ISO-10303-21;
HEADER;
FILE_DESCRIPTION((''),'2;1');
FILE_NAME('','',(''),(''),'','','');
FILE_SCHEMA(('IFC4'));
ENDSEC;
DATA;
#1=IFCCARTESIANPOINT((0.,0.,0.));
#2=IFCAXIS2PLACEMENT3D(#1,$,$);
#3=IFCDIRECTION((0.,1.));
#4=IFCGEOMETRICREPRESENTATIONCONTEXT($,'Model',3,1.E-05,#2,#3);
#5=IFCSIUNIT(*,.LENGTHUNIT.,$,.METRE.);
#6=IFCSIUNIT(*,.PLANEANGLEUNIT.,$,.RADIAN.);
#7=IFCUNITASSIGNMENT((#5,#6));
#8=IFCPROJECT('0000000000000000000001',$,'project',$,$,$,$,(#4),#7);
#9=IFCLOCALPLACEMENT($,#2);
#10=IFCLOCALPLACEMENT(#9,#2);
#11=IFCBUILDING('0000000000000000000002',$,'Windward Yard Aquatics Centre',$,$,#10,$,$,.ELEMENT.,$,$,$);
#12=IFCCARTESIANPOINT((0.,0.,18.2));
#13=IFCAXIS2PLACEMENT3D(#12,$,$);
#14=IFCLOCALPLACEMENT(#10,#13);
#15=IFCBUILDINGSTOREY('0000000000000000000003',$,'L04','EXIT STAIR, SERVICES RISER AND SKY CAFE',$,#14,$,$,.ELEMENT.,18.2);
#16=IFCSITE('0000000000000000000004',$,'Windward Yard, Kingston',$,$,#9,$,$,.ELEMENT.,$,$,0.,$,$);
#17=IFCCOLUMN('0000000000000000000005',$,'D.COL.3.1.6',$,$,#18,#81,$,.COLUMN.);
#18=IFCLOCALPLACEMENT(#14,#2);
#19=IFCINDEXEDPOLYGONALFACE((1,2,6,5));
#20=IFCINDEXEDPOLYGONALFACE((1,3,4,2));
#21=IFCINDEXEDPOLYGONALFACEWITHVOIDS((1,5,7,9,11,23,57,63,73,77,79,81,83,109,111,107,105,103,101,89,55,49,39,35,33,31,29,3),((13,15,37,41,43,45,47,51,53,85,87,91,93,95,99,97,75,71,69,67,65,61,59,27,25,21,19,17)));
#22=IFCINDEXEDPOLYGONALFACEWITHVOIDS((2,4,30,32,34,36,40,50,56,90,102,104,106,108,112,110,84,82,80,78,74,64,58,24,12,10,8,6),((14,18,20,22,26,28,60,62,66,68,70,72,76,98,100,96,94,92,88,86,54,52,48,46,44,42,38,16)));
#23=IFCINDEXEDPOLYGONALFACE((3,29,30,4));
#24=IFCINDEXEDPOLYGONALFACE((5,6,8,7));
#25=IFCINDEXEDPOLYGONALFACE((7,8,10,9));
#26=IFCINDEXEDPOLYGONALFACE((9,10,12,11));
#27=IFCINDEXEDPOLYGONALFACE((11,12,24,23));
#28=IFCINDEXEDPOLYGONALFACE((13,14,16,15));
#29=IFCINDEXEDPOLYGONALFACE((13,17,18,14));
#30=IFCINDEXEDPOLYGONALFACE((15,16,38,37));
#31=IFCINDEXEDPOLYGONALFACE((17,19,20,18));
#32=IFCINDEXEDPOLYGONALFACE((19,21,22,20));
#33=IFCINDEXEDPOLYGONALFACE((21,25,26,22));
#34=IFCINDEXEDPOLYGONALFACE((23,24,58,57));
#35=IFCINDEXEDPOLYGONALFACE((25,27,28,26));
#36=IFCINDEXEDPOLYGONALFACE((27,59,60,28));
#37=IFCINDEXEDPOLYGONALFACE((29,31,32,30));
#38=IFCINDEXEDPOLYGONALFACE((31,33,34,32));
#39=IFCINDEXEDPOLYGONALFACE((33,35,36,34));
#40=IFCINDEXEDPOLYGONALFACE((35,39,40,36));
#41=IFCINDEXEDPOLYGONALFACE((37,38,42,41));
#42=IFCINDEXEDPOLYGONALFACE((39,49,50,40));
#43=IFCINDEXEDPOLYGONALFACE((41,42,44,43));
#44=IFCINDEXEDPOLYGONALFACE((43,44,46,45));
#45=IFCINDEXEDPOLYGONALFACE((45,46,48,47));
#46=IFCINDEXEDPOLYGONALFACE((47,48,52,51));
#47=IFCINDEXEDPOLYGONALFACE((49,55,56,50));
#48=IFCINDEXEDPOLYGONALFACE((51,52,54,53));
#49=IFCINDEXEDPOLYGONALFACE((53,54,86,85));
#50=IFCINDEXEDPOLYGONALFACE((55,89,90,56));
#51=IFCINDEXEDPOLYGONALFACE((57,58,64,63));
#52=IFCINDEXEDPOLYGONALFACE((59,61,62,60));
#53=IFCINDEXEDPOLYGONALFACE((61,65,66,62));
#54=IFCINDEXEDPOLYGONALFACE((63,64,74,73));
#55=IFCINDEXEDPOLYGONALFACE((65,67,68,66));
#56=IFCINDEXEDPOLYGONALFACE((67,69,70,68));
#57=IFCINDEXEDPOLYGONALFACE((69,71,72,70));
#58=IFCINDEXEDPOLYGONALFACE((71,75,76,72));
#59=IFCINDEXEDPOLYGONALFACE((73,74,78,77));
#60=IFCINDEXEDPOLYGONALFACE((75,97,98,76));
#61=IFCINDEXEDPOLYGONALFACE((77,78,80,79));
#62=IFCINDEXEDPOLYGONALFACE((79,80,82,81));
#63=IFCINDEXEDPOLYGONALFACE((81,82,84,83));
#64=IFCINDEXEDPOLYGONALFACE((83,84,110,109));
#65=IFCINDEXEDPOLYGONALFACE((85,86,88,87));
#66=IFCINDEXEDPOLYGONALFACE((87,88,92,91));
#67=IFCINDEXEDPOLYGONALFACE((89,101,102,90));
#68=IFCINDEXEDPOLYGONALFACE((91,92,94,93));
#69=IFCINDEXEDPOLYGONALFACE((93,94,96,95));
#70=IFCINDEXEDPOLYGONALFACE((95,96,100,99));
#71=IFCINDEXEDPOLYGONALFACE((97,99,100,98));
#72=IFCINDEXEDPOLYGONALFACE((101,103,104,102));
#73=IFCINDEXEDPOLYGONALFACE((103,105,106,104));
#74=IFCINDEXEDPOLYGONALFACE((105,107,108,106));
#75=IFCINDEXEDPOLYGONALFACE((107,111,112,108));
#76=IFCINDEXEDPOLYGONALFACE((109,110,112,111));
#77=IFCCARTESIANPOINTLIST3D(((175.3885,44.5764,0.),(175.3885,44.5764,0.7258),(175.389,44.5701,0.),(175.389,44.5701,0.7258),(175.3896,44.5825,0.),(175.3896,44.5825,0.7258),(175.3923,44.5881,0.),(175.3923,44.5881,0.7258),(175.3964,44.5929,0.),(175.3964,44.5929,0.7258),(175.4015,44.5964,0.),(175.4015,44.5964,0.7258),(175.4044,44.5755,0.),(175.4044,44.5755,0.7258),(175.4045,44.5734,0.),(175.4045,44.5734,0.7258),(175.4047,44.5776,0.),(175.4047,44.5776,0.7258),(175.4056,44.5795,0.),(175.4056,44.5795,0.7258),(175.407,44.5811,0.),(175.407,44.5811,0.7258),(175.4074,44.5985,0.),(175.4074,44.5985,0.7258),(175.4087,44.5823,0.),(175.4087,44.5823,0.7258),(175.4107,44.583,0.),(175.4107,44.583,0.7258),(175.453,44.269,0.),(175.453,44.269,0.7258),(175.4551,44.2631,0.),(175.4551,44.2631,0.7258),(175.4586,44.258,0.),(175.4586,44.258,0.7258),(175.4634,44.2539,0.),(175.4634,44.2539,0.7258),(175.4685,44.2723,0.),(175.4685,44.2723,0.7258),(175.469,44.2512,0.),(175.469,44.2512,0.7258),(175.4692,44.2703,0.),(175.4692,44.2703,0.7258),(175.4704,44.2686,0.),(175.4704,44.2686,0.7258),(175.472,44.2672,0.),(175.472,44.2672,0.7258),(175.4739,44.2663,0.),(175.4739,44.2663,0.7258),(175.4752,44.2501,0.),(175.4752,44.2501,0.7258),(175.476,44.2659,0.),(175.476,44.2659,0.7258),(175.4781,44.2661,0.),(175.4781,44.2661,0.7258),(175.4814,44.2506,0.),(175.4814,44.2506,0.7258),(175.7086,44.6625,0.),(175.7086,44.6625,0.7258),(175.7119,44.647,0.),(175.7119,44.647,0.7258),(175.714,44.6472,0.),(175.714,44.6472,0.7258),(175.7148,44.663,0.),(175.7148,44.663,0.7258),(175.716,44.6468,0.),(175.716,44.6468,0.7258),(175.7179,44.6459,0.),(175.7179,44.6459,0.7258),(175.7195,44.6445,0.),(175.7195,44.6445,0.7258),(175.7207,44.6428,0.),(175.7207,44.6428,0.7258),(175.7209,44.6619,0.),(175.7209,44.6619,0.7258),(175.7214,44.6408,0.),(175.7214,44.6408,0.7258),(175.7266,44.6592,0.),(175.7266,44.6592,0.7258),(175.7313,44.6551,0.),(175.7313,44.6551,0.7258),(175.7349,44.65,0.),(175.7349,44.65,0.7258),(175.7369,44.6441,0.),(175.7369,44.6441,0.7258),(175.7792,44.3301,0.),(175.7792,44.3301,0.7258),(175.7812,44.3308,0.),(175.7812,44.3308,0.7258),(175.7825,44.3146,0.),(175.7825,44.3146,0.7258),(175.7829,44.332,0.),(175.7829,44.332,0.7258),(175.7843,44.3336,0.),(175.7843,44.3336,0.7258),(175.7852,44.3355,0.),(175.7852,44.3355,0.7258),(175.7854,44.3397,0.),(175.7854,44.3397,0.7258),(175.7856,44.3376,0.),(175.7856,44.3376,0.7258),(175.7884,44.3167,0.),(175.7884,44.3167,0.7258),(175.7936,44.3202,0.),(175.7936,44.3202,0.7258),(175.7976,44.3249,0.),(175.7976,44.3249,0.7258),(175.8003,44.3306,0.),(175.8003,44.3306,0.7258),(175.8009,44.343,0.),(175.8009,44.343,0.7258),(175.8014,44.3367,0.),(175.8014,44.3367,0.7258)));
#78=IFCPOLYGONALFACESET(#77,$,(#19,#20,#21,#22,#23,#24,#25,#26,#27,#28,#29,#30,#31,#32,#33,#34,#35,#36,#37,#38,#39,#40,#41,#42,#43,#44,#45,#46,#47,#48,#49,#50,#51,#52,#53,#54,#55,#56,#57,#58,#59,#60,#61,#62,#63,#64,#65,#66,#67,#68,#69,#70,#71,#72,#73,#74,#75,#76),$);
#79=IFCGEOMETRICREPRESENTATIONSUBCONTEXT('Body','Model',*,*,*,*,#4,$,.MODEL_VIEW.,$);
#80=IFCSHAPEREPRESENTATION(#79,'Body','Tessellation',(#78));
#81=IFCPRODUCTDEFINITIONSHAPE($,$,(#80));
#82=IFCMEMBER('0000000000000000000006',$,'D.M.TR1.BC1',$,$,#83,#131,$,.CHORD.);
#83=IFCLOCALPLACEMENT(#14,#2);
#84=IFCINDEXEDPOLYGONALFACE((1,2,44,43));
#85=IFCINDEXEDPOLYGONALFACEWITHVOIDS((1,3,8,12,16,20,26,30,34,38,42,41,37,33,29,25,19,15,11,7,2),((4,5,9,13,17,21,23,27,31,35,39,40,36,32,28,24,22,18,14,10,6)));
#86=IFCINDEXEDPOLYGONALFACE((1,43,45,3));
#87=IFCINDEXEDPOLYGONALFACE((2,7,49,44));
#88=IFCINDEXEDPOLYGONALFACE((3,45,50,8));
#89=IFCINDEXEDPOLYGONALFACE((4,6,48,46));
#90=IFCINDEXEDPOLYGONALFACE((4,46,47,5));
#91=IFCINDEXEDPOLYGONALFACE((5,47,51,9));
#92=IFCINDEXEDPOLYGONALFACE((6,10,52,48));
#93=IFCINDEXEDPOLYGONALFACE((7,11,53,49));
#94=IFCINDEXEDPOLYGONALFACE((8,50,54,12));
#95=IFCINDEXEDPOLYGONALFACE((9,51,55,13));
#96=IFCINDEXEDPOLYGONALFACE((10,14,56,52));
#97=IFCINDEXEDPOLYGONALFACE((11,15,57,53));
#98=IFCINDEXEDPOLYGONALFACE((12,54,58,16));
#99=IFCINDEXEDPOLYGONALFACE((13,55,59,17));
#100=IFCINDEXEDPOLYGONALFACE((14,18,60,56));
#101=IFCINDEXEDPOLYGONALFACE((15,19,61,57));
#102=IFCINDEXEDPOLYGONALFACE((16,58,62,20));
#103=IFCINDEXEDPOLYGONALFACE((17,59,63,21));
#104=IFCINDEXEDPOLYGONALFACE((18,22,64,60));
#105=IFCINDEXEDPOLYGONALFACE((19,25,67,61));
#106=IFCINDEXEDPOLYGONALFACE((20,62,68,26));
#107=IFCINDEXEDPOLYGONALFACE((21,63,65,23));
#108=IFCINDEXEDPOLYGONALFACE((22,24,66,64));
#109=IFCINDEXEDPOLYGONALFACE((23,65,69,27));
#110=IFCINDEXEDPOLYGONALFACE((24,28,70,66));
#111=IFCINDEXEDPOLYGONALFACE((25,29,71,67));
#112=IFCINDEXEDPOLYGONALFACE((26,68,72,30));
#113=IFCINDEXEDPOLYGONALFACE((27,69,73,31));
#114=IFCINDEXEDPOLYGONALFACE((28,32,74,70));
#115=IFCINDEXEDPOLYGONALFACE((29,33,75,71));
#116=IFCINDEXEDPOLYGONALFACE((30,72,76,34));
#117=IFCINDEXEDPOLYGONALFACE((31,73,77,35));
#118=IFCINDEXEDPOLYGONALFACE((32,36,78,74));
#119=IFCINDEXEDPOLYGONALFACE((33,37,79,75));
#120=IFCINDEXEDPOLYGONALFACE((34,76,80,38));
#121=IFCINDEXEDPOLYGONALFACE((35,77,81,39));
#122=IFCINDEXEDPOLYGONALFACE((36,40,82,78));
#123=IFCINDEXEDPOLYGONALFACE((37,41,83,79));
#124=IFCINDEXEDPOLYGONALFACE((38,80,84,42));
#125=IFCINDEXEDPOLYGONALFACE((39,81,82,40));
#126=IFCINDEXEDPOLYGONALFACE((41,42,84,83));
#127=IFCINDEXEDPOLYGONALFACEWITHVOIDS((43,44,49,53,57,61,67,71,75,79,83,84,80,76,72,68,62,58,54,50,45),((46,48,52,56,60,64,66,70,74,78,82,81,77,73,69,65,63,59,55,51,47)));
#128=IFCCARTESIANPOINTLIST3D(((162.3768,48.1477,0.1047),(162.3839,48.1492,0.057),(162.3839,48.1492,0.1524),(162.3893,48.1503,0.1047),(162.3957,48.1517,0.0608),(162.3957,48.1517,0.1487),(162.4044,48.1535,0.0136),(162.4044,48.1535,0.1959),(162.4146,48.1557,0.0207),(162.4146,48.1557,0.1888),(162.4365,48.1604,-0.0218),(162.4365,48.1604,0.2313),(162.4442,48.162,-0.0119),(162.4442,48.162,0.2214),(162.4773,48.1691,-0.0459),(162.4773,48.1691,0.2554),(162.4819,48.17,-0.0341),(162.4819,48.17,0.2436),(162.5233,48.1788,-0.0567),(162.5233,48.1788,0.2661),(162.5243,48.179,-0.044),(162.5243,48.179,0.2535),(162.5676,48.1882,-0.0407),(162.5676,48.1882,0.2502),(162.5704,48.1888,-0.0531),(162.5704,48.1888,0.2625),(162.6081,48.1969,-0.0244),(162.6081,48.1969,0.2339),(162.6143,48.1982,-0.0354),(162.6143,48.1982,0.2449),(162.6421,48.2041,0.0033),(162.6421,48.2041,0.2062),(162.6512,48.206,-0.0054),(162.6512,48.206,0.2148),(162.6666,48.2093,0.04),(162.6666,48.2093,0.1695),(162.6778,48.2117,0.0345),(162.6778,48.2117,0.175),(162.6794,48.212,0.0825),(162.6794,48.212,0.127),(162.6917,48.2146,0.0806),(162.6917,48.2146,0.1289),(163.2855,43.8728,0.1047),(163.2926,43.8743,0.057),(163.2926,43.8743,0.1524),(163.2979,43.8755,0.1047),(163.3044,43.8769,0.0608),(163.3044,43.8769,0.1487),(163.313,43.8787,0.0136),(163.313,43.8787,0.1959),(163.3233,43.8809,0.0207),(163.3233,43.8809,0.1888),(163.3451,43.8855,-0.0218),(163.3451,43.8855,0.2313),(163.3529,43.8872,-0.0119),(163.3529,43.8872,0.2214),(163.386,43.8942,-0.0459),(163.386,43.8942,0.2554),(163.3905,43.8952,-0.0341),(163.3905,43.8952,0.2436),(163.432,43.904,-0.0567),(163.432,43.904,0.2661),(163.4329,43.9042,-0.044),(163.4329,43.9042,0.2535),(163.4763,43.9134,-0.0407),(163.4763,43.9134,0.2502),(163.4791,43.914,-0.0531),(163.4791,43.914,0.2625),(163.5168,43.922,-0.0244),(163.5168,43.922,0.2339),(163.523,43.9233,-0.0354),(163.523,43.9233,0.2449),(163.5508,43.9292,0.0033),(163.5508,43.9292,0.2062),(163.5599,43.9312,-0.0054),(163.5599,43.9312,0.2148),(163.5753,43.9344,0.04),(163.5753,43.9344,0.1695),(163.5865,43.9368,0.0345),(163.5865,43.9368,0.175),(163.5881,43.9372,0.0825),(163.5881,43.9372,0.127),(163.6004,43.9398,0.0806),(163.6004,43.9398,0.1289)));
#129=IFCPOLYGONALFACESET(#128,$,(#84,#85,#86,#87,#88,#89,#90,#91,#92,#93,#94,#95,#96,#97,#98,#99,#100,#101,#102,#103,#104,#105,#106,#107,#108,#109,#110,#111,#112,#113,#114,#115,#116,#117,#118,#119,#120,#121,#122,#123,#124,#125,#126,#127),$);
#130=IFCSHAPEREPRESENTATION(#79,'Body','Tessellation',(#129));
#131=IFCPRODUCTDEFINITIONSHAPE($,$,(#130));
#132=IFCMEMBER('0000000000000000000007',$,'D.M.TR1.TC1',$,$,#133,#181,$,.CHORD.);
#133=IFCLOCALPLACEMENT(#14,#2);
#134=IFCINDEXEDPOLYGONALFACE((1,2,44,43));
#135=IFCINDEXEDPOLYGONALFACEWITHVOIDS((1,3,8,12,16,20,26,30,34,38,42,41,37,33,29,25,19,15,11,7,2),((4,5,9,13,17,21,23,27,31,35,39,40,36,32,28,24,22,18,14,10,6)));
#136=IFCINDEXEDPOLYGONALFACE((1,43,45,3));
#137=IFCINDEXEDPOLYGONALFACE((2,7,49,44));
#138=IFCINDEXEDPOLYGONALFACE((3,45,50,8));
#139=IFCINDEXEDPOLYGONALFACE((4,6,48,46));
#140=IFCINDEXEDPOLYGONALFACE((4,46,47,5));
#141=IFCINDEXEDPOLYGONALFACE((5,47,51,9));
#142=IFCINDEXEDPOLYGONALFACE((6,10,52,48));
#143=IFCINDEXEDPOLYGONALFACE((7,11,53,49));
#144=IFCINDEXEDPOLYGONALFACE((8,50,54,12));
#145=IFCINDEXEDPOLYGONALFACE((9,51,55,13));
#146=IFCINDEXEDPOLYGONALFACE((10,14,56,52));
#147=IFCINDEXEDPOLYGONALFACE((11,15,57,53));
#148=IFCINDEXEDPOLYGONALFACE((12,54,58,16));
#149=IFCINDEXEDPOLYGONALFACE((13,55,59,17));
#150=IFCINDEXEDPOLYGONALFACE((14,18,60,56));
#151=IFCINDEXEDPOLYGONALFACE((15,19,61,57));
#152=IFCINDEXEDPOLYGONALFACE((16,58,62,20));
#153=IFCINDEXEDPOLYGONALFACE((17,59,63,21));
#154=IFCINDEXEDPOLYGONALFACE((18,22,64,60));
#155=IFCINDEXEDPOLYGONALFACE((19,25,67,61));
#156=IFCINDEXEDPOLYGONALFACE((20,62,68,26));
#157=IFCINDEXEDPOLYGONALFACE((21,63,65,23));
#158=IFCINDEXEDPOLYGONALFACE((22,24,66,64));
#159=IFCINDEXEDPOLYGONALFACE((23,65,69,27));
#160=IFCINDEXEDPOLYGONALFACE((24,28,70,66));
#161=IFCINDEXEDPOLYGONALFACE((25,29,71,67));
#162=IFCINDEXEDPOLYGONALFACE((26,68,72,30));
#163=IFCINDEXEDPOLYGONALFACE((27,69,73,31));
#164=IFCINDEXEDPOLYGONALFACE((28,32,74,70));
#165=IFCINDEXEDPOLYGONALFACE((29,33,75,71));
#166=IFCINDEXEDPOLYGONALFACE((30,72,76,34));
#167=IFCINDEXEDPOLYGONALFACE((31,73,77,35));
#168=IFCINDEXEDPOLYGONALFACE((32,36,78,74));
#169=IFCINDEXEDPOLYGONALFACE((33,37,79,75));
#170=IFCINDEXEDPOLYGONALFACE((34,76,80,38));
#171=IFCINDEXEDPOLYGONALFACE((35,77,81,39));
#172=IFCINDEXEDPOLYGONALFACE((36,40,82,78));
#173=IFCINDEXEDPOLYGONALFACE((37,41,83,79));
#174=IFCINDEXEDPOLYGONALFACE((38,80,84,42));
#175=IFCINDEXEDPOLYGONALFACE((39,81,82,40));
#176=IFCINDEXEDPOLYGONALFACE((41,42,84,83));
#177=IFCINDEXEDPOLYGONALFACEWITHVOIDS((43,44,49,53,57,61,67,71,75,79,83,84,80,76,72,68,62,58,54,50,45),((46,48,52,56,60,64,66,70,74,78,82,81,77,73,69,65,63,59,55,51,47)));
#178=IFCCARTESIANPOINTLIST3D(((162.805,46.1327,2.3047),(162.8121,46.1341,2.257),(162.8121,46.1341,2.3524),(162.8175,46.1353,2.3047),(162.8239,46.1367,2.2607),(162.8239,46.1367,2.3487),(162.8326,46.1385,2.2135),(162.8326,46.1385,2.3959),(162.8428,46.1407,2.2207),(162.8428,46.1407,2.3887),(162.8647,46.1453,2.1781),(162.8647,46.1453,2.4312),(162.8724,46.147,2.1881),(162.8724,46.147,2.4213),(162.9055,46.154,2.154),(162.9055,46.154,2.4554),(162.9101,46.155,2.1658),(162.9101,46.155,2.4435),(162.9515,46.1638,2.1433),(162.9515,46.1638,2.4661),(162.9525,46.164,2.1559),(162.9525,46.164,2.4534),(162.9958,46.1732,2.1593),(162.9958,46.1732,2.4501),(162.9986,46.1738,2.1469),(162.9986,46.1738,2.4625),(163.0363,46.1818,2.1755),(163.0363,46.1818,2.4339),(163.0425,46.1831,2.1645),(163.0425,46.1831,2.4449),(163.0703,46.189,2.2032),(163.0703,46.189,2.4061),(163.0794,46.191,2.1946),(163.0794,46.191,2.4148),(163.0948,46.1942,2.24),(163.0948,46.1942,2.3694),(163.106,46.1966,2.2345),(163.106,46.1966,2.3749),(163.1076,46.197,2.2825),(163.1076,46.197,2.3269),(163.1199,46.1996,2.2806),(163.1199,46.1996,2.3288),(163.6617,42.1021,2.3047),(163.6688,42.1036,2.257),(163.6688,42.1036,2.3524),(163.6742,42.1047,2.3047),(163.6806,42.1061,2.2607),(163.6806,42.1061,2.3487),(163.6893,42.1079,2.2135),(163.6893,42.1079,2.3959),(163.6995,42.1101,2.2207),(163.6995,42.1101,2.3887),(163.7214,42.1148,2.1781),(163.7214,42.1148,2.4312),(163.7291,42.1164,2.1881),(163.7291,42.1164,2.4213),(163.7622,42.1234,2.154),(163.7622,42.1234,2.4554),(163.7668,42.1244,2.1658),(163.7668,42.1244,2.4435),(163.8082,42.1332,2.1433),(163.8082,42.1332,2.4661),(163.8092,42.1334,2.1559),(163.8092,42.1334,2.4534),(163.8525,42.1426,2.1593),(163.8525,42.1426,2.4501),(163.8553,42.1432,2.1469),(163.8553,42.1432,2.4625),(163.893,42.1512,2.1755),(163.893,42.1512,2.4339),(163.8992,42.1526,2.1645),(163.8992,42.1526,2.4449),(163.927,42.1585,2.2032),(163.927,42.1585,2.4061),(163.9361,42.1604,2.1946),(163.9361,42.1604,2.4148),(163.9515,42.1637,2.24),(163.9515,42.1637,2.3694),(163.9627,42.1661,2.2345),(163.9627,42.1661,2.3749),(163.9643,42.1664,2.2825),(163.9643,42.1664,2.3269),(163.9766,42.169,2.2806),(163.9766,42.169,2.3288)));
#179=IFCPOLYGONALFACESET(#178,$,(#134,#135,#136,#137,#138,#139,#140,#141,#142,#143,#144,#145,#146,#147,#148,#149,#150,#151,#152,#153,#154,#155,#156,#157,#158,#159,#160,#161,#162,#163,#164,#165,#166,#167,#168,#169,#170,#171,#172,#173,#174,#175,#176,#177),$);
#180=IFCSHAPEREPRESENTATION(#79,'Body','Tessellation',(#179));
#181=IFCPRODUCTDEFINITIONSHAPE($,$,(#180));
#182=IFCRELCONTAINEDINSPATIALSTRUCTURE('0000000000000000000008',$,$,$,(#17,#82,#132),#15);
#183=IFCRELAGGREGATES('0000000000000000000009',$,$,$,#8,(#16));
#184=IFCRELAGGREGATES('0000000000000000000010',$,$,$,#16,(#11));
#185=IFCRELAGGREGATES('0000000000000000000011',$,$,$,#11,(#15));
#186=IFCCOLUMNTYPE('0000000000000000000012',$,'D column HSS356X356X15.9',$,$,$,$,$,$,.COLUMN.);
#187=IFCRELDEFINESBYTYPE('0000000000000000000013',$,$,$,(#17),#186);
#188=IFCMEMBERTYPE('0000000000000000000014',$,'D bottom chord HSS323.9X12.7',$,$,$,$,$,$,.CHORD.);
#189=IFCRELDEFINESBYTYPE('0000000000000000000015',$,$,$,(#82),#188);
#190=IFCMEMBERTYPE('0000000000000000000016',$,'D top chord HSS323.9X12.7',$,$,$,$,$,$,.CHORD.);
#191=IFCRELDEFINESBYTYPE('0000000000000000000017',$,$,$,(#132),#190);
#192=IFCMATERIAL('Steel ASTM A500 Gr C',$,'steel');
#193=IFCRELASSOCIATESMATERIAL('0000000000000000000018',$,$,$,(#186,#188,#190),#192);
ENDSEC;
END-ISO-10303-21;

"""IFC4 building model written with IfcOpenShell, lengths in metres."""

from ifc_helpers import new_model, si_unit, direction, frame, origin, origin_2d, place, context, subcontext, project, spatial, hollow_rectangle, hollow_circle, extrude, material, material_profile, profile_set, type_object, element, save


model = new_model("IFC4")

# Units and contexts
model_context = context("Model", 3, precision=1e-05, world=origin(), true_north=direction((0.0, 1.0)))
body_context = subcontext(model_context, "Body", "Model", "MODEL_VIEW")
ifc_project = project(units=[si_unit("LENGTHUNIT", "METRE"), si_unit("PLANEANGLEUNIT", "RADIAN")], contexts=[model_context])

# Site, building, storey
site_placement = place(None, origin())
site = spatial("IfcSite", under=ifc_project, at=site_placement, Name="Windward Yard, Kingston", CompositionType="ELEMENT", RefElevation=0.0)
building_placement = place(site_placement, origin())
building = spatial("IfcBuilding", under=site, at=building_placement, Name="Windward Yard Aquatics Centre", CompositionType="ELEMENT")
storey_placement = place(building_placement, frame((0.0, 0.0, 18.2)))
storey = spatial("IfcBuildingStorey", under=building, at=storey_placement, Name="L04", Description="EXIT STAIR, SERVICES RISER AND SKY CAFE", CompositionType="ELEMENT", Elevation=18.2)

# Column
ifc_material_1 = material(Name="Steel ASTM A500 Gr C", Category="steel")
ifc_material_profile_1 = material_profile(ifc_material_1, hollow_rectangle(XDim=0.3557, YDim=0.3557, WallThickness=0.0159, InnerFilletRadius=0.0081, OuterFilletRadius=0.0239, at=origin_2d()), Name="HSS356X356X15.9")
ifc_profile_set_1 = profile_set([ifc_material_profile_1], Name="Steel ASTM A500 Gr C")
column_type = type_object("IfcColumnType", Name="D column HSS356X356X15.9", PredefinedType="COLUMN", material=ifc_profile_set_1)
column_1_placement = place(storey_placement, frame((175.595, 44.4565, 0.0), z_axis=(0.0, 0.0, 1.0), x_axis=(0.978148, 0.207912, 0.0)))
element("IfcColumn", 1, at=column_1_placement, inside=storey, type_object=column_type, Name="D.COL.3.1.6", PredefinedType="COLUMN", context=body_context, shape_type="SweptSolid", body=[
    extrude(hollow_rectangle(XDim=0.3557, YDim=0.3557, WallThickness=0.0159, InnerFilletRadius=0.0081, OuterFilletRadius=0.0239, at=origin_2d()), origin(), (0.0, 0.0, 1.0), 0.7258),
])

# Members
ifc_material_profile_2 = material_profile(ifc_material_1, hollow_circle(Radius=0.1619, WallThickness=0.0127, at=origin_2d()), Name="HSS323.9X12.7")
ifc_profile_set_2 = profile_set([ifc_material_profile_2], Name="Steel ASTM A500 Gr C")
member_type_1 = type_object("IfcMemberType", Name="D bottom chord HSS323.9X12.7", PredefinedType="CHORD", material=ifc_profile_set_2)
member_placement = place(storey_placement, frame((163.4438, 43.9065, 0.1047), z_axis=(-0.207919, 0.978146, 0.0), x_axis=(-0.978146, -0.207919, 0.0)))
element("IfcMember", 2, at=member_placement, inside=storey, type_object=member_type_1, Name="D.M.TR1.BC1", PredefinedType="CHORD", context=body_context, shape_type="SweptSolid", body=[
    extrude(hollow_circle(Radius=0.1619, WallThickness=0.0127, at=origin_2d()), origin(), (0.0, 0.0, 1.0), 4.3704),
])
ifc_material_profile_3 = material_profile(ifc_material_1, hollow_circle(Radius=0.1619, WallThickness=0.0127, at=origin_2d()), Name="HSS323.9X12.7")
ifc_profile_set_3 = profile_set([ifc_material_profile_3], Name="Steel ASTM A500 Gr C")
member_type_2 = type_object("IfcMemberType", Name="D top chord HSS323.9X12.7", PredefinedType="CHORD", material=ifc_profile_set_3)
for number, where, z_axis, x_axis, name in (
    (3, (163.8201, 42.1357, 2.3047), (-0.207906, 0.978149, 0.0), (-0.978149, -0.207906, 0.0), "D.M.TR1.TC1"),
):
    element("IfcMember", number, at=place(storey_placement, frame(where, z_axis=z_axis, x_axis=x_axis)), inside=storey, type_object=member_type_2, Name=name, PredefinedType="CHORD", context=body_context, shape_type="SweptSolid", body=[
        extrude(hollow_circle(Radius=0.1619, WallThickness=0.0127, at=origin_2d()), origin(), (0.0, 0.0, 1.0), 4.1206),
    ])

save(model, "model.ifc")
